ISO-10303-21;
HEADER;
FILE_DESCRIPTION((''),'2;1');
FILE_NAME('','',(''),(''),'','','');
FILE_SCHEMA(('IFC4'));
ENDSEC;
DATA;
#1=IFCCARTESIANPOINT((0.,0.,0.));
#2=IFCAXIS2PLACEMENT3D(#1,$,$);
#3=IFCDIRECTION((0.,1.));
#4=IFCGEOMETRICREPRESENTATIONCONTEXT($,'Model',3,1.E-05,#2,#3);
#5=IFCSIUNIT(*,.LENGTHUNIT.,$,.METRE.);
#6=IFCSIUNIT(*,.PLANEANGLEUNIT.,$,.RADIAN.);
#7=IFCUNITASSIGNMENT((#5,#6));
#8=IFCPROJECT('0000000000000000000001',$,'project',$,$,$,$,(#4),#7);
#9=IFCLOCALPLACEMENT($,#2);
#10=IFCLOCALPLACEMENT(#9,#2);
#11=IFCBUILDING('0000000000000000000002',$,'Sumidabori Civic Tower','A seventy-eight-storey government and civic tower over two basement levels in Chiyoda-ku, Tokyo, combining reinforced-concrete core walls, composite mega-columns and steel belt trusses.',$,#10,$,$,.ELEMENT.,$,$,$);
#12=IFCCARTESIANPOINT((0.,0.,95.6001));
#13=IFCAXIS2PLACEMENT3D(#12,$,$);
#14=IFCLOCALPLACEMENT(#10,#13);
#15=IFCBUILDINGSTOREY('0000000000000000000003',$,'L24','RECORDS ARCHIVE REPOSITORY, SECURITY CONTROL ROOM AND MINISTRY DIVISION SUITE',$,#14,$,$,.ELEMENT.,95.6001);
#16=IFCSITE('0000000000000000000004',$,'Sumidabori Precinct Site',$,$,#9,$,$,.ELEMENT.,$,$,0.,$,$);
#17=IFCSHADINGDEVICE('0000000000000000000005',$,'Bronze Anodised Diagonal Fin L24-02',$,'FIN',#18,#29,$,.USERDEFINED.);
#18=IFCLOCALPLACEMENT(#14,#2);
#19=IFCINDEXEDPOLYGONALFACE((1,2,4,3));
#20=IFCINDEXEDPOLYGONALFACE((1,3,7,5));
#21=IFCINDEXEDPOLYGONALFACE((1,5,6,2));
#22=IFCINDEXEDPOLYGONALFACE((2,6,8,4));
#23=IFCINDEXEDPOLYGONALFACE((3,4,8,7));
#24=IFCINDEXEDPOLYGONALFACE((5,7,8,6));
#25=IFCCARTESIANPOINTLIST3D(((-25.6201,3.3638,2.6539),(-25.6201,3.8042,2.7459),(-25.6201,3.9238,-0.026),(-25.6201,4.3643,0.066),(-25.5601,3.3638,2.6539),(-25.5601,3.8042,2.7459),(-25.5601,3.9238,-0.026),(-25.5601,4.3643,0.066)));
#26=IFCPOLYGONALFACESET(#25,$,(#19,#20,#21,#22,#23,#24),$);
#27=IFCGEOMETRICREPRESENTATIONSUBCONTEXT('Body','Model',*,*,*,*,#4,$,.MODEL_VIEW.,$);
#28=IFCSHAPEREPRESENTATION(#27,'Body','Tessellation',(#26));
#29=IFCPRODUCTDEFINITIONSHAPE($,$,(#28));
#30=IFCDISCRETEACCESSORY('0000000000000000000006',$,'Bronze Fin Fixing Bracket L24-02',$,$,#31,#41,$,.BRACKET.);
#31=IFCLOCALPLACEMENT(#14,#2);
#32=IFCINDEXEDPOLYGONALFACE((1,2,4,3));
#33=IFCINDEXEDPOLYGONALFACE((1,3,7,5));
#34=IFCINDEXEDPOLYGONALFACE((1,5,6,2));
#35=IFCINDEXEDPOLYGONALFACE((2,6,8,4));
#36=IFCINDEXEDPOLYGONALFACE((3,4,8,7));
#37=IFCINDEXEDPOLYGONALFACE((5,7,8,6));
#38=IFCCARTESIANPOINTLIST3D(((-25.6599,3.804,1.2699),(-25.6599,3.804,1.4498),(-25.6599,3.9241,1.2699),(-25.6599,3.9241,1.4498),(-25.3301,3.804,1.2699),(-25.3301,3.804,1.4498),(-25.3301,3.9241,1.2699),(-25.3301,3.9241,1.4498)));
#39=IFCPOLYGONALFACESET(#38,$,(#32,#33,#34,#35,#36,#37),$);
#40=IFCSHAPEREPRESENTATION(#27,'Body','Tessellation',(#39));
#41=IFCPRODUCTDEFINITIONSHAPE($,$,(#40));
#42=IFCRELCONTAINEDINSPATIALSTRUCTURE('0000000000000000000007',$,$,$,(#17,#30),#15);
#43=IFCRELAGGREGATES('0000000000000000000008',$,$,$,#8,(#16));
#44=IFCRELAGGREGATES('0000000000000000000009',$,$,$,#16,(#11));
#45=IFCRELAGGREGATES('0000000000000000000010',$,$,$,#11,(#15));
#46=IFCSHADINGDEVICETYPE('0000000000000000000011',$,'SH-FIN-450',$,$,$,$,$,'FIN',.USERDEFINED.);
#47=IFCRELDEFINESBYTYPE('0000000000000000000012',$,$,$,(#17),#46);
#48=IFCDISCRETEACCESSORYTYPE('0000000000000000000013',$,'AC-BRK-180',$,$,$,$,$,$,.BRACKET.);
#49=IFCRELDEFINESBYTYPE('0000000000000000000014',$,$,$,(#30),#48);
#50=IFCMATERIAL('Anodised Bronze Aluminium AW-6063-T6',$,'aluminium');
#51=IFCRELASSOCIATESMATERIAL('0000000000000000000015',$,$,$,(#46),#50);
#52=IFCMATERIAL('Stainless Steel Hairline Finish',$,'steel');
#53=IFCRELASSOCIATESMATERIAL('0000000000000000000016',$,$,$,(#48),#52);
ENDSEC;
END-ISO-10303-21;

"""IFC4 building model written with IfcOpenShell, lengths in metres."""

from ifc_helpers import new_model, si_unit, direction, frame, origin, origin_2d, place, context, subcontext, project, spatial, rectangle, extrude, source, transform, mapped, material, material_profile, profile_set, type_object, element, save


model = new_model("IFC4")

# Units and contexts
model_context = context("Model", 3, precision=1e-05, world=origin(), true_north=direction((0.0, 1.0)))
body_context = subcontext(model_context, "Body", "Model", "MODEL_VIEW")
ifc_project = project(units=[si_unit("LENGTHUNIT", "METRE"), si_unit("PLANEANGLEUNIT", "RADIAN")], contexts=[model_context])

# Site, building, storey
site_placement = place(None, origin())
site = spatial("IfcSite", under=ifc_project, at=site_placement, Name="Sumidabori Precinct Site", CompositionType="ELEMENT", RefElevation=0.0)
building_placement = place(site_placement, origin())
building = spatial("IfcBuilding", under=site, at=building_placement, Name="Sumidabori Civic Tower", Description="A seventy-eight-storey government and civic tower over two basement levels in Chiyoda-ku, Tokyo, combining reinforced-concrete core walls, composite mega-columns and steel belt trusses.", CompositionType="ELEMENT")
storey_placement = place(building_placement, frame((0.0, 0.0, 95.6001)))
storey = spatial("IfcBuildingStorey", under=building, at=storey_placement, Name="L24", Description="RECORDS ARCHIVE REPOSITORY, SECURITY CONTROL ROOM AND MINISTRY DIVISION SUITE", CompositionType="ELEMENT", Elevation=95.6001)

# Shared definitions
ifc_material_1 = material(Name="Anodised Bronze Aluminium AW-6063-T6", Category="aluminium")

# Shading device
ifc_material_profile_1 = material_profile(ifc_material_1, rectangle(XDim=0.0601, YDim=0.45, at=origin_2d()), Name="BRONZE FIN 450x60")
ifc_profile_set_1 = profile_set([ifc_material_profile_1], Name="Anodised Bronze Aluminium AW-6063-T6")
shading_device_type = type_object("IfcShadingDeviceType", Name="SH-FIN-450", ElementType="FIN", PredefinedType="USERDEFINED", material=ifc_profile_set_1)
shared_shape_1 = source(origin(), body_context, "Body", "SweptSolid", [
    extrude(rectangle(XDim=0.0601, YDim=0.45, at=origin_2d()), origin(), (0.0, 0.0, 1.0), 2.7378),
])
shading_device_placement = place(storey_placement, frame((-25.5901, 4.144, 0.02), z_axis=(0.0, -0.204563, 0.978853), x_axis=(-1.0, 0.0, 0.0)))
element("IfcShadingDevice", 1, at=shading_device_placement, inside=storey, type_object=shading_device_type, Name="Bronze Anodised Diagonal Fin L24-02", ObjectType="FIN", PredefinedType="USERDEFINED", context=body_context, shape_type="MappedRepresentation", body=[
    mapped(shared_shape_1, transform((0.0, 0.0, 0.0), x_axis=(1.0, 0.0, 0.0), y_axis=(0.0, 1.0, 0.0), z_axis=(0.0, 0.0, 1.0), scale=1.0)),
])

# Discrete accessory
ifc_material_2 = material(Name="Stainless Steel Hairline Finish", Category="steel")
ifc_material_profile_2 = material_profile(ifc_material_2, rectangle(XDim=0.1201, YDim=0.1799, at=origin_2d()), Name="STEEL BRACKET 180x120")
ifc_profile_set_2 = profile_set([ifc_material_profile_2], Name="Stainless Steel Hairline Finish")
discrete_accessory_type = type_object("IfcDiscreteAccessoryType", Name="AC-BRK-180", PredefinedType="BRACKET", material=ifc_profile_set_2)
shared_shape_2 = source(origin(), body_context, "Body", "SweptSolid", [
    extrude(rectangle(XDim=0.1201, YDim=0.1799, at=origin_2d()), origin(), (0.0, 0.0, 1.0), 0.3298),
])
discrete_accessory_placement = place(storey_placement, frame((-25.3301, 3.864, 1.3599), z_axis=(-1.0, 0.0, 0.0), x_axis=(0.0, -1.0, 0.0)))
element("IfcDiscreteAccessory", 2, at=discrete_accessory_placement, inside=storey, type_object=discrete_accessory_type, Name="Bronze Fin Fixing Bracket L24-02", PredefinedType="BRACKET", context=body_context, shape_type="MappedRepresentation", body=[
    mapped(shared_shape_2, transform((0.0, 0.0, 0.0), x_axis=(1.0, 0.0, 0.0), y_axis=(0.0, 1.0, 0.0), z_axis=(0.0, 0.0, 1.0), scale=1.0)),
])

save(model, "model.ifc")
